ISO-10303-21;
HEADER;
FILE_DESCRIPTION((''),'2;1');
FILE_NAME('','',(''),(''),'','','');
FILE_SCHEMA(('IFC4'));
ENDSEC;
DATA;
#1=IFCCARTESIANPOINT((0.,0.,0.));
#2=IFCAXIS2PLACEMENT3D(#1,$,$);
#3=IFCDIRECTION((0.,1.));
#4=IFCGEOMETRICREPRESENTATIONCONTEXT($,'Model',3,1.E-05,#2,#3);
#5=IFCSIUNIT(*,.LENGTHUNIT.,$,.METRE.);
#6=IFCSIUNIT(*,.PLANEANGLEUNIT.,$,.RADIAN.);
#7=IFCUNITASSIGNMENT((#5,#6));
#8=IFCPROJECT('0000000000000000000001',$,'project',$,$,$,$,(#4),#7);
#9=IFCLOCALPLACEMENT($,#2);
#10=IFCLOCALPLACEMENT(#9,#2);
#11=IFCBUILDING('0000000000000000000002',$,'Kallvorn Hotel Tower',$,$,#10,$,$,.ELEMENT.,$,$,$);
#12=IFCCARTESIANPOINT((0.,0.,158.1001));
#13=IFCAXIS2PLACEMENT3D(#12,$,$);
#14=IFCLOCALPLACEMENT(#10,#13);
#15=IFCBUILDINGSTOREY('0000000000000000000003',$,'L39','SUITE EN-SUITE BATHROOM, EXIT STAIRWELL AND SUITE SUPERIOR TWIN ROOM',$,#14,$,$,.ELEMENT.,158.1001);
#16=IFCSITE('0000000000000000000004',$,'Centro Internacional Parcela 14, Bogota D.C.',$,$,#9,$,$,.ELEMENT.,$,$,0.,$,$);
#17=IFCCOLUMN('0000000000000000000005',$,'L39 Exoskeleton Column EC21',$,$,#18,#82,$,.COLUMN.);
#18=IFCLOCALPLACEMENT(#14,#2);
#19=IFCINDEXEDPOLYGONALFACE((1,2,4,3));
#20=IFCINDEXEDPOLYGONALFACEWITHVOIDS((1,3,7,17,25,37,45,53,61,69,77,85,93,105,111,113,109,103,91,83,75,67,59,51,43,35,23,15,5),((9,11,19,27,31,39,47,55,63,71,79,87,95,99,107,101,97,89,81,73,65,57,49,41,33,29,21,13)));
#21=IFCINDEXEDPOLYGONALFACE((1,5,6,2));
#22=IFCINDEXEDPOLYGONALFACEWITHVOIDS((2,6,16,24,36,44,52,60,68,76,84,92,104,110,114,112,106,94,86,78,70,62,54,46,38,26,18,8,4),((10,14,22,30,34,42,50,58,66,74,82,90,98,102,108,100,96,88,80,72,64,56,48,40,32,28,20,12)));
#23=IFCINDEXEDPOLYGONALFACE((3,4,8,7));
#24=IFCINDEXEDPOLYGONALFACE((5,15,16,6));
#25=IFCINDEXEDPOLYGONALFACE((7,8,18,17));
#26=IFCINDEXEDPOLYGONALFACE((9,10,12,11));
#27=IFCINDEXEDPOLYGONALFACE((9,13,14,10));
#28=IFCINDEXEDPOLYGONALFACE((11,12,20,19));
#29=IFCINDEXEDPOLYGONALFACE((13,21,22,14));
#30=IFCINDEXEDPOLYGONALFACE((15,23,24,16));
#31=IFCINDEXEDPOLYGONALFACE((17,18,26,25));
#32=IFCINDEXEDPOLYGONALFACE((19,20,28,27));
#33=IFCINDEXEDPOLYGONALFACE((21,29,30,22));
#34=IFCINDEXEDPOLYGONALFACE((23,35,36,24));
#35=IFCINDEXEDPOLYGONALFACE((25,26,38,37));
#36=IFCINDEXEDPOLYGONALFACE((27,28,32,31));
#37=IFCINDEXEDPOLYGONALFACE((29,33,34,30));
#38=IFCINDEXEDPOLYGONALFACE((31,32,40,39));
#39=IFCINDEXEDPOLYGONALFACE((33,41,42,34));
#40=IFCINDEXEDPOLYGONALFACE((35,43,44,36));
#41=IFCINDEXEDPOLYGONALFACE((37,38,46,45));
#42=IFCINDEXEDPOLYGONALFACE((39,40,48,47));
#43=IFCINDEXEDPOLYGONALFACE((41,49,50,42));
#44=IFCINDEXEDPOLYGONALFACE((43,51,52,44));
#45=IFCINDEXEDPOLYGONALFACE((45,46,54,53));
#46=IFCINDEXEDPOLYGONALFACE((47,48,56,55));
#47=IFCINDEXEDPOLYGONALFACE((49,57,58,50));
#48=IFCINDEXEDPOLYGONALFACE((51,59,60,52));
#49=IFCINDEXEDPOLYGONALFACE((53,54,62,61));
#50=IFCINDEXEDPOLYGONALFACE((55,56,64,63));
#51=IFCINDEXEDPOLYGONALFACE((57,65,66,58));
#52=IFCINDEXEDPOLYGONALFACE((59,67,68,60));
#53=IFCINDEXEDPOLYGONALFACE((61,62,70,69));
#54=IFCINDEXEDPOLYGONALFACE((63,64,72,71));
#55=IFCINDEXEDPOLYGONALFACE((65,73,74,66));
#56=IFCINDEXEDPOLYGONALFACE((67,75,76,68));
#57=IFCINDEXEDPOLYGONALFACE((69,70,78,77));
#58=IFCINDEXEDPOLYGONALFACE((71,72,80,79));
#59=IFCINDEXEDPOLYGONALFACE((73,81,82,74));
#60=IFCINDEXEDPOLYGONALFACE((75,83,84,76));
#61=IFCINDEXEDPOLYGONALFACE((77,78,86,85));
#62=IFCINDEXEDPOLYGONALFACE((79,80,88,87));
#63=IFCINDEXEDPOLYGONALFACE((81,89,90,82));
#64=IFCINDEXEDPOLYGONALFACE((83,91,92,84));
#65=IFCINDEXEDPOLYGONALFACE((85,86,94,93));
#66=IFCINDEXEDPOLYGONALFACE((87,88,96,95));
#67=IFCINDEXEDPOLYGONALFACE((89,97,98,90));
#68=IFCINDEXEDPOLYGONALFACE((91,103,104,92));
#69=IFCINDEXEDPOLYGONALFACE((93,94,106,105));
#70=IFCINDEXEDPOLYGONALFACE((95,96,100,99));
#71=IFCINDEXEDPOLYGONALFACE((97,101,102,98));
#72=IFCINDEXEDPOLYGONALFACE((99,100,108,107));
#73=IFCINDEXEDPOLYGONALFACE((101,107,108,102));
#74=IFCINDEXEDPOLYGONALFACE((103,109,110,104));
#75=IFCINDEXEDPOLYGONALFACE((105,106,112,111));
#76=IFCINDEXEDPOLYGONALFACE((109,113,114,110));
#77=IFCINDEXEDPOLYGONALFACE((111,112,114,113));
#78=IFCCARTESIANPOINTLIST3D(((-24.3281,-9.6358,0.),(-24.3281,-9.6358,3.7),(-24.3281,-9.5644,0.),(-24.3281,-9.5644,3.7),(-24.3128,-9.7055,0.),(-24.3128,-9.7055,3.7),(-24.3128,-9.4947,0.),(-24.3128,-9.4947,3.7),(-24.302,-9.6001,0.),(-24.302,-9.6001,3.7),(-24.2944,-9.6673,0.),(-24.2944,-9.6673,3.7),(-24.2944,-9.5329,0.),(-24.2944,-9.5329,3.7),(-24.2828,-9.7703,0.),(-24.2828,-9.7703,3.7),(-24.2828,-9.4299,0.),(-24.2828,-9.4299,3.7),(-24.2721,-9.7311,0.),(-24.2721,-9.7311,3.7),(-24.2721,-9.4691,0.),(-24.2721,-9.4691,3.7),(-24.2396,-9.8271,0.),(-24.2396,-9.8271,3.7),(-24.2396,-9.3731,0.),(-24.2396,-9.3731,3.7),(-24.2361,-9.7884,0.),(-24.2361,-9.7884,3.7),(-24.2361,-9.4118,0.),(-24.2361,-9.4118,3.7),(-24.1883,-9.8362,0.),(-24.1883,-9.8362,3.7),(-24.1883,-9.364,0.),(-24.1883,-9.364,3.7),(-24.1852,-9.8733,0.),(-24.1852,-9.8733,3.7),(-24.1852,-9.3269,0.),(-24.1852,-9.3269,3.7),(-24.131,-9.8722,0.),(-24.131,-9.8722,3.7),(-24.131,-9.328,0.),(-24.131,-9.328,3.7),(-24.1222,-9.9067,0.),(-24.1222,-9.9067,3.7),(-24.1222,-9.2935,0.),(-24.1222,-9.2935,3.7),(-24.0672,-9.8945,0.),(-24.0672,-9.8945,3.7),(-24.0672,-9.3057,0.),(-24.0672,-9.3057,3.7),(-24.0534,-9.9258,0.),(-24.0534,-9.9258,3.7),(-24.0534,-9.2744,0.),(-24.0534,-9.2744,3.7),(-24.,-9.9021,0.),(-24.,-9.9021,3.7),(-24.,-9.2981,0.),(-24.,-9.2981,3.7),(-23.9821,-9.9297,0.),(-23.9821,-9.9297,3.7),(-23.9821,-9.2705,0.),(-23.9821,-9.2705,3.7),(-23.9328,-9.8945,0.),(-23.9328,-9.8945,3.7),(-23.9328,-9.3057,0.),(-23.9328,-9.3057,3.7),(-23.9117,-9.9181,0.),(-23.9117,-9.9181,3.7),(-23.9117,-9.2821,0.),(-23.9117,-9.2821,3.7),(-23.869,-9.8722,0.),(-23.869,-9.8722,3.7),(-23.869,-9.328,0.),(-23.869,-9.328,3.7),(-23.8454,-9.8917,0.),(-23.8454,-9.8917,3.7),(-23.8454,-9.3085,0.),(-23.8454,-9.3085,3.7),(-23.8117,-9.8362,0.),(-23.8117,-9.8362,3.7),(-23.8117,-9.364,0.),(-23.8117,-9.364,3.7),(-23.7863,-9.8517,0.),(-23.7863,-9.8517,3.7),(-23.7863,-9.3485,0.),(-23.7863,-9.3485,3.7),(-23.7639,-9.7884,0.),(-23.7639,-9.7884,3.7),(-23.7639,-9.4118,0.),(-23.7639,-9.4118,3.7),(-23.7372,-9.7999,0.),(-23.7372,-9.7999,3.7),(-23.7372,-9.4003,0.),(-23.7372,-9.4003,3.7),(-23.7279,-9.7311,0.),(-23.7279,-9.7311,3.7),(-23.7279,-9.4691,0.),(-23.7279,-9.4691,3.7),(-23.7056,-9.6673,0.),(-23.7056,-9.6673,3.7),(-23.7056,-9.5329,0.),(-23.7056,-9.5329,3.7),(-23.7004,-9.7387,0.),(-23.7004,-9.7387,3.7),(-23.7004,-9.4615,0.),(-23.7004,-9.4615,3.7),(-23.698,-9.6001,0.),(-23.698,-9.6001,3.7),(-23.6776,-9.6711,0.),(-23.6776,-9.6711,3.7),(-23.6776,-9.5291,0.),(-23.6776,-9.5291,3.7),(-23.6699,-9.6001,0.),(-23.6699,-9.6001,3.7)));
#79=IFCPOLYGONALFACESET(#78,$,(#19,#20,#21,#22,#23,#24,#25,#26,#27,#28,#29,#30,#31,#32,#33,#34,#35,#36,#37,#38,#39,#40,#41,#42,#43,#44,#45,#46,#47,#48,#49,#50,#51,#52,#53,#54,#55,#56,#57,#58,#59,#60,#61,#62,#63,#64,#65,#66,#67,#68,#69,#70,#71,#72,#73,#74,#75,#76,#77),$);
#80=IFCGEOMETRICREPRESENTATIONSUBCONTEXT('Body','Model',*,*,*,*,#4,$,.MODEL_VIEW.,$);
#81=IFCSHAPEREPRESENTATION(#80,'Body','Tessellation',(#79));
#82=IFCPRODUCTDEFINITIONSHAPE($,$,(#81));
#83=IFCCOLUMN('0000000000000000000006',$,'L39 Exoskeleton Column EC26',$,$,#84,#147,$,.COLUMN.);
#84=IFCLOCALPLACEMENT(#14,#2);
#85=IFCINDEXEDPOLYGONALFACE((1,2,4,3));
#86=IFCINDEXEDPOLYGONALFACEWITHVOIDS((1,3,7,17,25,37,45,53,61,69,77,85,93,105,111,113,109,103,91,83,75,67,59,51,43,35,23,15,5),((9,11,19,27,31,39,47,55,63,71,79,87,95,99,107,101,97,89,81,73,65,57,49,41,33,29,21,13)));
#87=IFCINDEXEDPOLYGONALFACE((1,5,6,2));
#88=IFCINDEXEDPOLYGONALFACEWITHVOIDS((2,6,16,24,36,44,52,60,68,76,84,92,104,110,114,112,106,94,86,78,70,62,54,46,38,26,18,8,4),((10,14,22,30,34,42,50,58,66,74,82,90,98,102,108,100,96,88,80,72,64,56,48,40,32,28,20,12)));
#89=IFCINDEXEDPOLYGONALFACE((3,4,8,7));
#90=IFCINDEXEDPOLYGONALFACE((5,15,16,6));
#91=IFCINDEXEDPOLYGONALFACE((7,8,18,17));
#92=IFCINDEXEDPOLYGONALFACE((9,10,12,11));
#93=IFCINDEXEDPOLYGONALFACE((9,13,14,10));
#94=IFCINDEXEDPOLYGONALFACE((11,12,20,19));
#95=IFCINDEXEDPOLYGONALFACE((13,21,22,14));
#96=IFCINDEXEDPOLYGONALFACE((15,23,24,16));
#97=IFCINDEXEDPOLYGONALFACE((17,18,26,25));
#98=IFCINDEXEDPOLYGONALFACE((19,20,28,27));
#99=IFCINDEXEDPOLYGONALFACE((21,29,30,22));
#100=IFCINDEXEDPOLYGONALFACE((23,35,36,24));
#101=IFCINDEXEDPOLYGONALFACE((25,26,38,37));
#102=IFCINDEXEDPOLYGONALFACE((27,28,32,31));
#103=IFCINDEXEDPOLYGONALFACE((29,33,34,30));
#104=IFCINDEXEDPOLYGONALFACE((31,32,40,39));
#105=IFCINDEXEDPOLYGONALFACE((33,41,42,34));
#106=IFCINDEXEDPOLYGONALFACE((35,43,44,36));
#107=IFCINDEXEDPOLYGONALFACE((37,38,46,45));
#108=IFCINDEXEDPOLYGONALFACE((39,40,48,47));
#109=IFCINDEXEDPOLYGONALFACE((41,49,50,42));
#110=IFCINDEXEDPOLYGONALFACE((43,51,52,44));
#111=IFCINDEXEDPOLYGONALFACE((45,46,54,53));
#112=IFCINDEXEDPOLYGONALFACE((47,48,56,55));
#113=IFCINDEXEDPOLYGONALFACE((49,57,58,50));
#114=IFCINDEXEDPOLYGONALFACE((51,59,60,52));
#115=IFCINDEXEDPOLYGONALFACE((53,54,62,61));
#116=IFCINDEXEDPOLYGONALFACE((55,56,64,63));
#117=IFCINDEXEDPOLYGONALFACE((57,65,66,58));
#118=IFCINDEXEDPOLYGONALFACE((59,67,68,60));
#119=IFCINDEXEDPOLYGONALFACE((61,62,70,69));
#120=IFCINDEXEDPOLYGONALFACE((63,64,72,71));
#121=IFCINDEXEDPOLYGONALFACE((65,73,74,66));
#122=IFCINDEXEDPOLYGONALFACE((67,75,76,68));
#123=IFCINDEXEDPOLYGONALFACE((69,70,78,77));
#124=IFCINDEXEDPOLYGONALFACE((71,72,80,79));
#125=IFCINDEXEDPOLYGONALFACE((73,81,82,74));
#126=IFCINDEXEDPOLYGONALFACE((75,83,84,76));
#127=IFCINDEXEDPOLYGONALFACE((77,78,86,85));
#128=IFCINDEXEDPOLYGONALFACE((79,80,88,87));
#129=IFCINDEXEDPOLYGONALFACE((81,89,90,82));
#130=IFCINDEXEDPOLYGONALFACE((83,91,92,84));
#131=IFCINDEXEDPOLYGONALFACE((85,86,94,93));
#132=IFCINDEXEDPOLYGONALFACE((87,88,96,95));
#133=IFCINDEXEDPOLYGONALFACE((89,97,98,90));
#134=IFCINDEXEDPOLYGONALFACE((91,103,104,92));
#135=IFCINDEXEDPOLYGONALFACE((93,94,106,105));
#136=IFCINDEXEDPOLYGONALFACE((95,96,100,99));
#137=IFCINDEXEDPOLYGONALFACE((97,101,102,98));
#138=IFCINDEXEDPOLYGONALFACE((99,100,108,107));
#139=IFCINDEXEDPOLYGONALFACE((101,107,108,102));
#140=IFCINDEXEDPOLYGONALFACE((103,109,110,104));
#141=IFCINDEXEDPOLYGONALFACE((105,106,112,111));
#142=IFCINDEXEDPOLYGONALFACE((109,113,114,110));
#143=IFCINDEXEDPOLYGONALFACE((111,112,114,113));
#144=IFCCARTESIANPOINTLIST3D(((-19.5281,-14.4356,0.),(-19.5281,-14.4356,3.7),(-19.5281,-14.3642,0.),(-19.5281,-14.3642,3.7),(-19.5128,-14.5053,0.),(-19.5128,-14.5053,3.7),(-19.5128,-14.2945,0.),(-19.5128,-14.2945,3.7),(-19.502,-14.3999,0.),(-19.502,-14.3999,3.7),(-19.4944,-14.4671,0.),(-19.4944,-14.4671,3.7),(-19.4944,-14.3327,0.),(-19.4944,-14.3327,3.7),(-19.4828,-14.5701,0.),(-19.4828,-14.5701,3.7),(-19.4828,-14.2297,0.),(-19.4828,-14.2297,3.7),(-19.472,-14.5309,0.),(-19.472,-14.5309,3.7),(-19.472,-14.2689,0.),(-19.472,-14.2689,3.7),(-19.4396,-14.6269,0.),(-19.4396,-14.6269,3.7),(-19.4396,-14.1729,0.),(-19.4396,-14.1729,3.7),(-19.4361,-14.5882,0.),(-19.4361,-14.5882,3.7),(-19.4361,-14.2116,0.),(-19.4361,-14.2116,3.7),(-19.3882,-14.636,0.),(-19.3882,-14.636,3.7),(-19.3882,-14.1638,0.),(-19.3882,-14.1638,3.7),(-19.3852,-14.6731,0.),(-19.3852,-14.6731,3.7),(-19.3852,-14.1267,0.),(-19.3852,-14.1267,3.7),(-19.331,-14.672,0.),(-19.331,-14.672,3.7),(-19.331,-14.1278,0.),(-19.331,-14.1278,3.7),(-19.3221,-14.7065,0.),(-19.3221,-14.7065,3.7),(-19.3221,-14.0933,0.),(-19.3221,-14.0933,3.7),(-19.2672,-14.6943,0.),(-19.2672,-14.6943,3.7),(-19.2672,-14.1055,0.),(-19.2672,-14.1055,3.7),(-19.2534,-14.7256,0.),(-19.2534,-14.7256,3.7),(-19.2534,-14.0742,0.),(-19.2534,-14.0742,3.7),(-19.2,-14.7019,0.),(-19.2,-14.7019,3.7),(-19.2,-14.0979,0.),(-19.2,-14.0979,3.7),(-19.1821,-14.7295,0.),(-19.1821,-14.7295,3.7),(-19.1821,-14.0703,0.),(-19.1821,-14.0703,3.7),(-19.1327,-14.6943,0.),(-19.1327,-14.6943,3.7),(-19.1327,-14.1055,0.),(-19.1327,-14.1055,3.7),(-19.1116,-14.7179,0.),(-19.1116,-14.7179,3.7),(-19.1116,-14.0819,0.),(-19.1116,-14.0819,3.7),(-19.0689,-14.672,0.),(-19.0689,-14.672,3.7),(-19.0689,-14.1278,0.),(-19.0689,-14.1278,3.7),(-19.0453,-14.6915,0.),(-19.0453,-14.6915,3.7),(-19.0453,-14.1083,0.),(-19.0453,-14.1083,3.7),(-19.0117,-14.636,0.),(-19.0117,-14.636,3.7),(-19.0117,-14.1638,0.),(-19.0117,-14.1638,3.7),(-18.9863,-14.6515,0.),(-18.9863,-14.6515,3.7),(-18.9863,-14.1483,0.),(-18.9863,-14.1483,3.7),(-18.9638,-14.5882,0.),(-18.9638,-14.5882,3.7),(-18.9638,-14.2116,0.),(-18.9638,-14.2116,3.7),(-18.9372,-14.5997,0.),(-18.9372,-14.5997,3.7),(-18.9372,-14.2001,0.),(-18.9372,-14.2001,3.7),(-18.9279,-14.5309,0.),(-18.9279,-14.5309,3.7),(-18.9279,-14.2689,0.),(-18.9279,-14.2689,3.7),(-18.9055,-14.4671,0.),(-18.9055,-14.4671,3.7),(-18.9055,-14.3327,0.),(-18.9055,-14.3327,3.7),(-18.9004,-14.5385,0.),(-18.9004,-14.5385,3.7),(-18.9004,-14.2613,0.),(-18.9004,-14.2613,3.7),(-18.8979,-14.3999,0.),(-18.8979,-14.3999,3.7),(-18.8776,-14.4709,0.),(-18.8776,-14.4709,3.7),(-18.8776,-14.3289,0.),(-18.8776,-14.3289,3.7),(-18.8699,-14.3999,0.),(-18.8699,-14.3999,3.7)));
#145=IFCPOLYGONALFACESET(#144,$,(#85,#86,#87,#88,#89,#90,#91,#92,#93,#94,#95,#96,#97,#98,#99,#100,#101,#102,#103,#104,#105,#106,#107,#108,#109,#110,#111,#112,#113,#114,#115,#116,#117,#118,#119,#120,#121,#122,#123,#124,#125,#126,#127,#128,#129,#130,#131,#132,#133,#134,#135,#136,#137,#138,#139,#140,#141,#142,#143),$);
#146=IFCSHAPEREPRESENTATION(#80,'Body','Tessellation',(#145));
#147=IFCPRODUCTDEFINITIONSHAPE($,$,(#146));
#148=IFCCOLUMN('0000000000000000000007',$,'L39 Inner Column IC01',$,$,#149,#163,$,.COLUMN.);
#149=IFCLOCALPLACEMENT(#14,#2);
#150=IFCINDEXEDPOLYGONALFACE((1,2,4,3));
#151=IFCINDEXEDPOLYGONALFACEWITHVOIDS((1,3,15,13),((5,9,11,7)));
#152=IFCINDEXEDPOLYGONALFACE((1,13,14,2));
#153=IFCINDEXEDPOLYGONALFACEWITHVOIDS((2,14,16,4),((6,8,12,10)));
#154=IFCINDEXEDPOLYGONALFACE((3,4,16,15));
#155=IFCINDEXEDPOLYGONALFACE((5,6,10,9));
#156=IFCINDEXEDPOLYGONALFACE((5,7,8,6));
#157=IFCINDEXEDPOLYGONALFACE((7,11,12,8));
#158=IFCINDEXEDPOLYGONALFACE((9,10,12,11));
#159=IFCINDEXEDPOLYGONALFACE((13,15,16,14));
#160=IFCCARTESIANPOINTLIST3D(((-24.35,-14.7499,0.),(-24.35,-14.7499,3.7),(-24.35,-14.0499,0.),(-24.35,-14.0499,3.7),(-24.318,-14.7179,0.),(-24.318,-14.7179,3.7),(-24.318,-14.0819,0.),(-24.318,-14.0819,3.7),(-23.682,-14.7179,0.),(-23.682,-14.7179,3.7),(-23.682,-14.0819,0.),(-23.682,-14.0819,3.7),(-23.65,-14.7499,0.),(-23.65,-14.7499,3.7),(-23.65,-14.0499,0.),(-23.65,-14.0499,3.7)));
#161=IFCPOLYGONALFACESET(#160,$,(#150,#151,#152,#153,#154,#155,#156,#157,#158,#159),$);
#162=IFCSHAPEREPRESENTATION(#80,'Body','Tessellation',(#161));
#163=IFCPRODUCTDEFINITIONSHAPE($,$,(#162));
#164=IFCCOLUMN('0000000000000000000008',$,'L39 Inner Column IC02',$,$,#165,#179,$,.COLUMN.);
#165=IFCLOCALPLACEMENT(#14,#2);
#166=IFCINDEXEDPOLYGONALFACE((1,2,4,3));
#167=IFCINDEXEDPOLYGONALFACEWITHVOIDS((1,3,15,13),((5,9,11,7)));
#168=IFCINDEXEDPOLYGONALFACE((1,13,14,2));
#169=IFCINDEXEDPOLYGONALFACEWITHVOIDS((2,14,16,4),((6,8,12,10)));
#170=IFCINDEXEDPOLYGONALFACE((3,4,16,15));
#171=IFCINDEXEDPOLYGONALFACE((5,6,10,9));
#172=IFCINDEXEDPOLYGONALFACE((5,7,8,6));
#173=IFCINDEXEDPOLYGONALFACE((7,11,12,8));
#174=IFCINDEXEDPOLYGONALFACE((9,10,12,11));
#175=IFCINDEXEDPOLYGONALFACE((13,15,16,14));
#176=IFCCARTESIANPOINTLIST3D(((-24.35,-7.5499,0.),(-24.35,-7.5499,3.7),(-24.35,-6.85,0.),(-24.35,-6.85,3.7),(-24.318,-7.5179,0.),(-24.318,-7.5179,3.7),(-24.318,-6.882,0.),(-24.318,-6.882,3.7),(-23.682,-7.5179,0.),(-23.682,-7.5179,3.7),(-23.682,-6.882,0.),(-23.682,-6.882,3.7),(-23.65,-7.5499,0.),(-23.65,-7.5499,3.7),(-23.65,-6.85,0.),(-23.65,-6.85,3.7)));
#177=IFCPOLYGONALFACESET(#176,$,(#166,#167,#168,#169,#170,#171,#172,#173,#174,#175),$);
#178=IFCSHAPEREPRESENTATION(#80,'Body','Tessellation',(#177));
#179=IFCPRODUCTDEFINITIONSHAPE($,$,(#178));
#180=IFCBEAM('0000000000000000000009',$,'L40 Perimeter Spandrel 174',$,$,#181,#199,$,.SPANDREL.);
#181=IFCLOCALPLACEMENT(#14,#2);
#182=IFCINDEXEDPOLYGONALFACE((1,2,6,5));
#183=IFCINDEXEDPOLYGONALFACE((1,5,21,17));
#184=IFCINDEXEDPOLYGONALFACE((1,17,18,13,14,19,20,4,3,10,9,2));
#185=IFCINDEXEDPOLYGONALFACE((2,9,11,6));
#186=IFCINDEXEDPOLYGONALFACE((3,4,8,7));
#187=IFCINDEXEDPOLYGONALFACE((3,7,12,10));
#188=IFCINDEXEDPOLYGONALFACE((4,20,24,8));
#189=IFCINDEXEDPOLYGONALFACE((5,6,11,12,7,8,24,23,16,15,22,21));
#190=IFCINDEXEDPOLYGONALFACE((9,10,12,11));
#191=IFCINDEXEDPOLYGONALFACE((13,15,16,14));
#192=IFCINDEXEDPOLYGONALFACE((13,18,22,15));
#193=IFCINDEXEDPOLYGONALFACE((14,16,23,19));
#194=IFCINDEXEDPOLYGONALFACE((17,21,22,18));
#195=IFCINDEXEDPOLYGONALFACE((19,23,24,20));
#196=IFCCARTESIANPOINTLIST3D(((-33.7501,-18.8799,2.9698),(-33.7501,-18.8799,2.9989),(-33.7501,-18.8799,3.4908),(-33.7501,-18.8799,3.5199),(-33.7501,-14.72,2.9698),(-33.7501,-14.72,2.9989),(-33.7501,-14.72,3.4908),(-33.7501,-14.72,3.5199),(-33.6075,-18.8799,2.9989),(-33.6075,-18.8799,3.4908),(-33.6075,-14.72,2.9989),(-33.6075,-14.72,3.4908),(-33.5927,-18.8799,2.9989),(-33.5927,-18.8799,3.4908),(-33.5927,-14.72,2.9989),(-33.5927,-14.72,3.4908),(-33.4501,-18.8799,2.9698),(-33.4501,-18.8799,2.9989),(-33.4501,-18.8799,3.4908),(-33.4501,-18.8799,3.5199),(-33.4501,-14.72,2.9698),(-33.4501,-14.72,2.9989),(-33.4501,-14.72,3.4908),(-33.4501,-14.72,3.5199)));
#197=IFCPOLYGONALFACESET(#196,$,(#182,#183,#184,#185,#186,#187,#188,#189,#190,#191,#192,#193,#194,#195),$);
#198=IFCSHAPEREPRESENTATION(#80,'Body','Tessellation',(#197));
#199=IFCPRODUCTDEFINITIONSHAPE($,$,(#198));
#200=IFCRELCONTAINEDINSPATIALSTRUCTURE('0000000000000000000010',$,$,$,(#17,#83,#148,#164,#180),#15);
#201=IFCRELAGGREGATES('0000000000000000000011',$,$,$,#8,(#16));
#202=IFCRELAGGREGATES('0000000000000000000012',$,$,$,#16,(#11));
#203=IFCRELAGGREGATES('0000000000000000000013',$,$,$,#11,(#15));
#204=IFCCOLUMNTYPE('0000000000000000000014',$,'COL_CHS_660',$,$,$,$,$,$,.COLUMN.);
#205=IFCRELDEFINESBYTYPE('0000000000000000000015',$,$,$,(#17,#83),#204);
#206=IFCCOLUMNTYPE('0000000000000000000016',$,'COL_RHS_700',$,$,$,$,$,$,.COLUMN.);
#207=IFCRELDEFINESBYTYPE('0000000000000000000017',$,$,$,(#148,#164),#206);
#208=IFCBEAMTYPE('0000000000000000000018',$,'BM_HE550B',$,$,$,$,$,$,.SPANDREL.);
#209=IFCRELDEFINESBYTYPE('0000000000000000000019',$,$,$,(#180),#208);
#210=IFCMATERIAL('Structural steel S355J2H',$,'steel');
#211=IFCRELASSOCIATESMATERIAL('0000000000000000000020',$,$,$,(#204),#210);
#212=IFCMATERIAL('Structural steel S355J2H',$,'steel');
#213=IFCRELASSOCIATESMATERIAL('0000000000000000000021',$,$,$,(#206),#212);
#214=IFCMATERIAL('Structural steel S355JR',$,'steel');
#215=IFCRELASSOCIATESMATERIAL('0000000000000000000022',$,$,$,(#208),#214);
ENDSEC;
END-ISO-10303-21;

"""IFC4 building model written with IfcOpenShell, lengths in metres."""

from ifc_helpers import new_model, si_unit, direction, frame, origin, origin_2d, place, context, subcontext, project, spatial, hollow_rectangle, hollow_circle, i_section, extrude, material, material_profile, profile_set, type_object, element, save


model = new_model("IFC4")

# Units and contexts
model_context = context("Model", 3, precision=1e-05, world=origin(), true_north=direction((0.0, 1.0)))
body_context = subcontext(model_context, "Body", "Model", "MODEL_VIEW")
ifc_project = project(units=[si_unit("LENGTHUNIT", "METRE"), si_unit("PLANEANGLEUNIT", "RADIAN")], contexts=[model_context])

# Site, building, storey
site_placement = place(None, origin())
site = spatial("IfcSite", under=ifc_project, at=site_placement, Name="Centro Internacional Parcela 14, Bogota D.C.", CompositionType="ELEMENT", RefElevation=0.0)
building_placement = place(site_placement, origin())
building = spatial("IfcBuilding", under=site, at=building_placement, Name="Kallvorn Hotel Tower", CompositionType="ELEMENT")
storey_placement = place(building_placement, frame((0.0, 0.0, 158.1001)))
storey = spatial("IfcBuildingStorey", under=building, at=storey_placement, Name="L39", Description="SUITE EN-SUITE BATHROOM, EXIT STAIRWELL AND SUITE SUPERIOR TWIN ROOM", CompositionType="ELEMENT", Elevation=158.1001)

# Columns
ifc_material_1 = material(Name="Structural steel S355J2H", Category="steel")
ifc_material_profile_1 = material_profile(ifc_material_1, hollow_circle(Radius=0.3301, WallThickness=0.0281, at=origin_2d()), Name="CHS 660x28")
ifc_profile_set_1 = profile_set([ifc_material_profile_1], Name="Structural steel S355J2H")
column_type_1 = type_object("IfcColumnType", Name="COL_CHS_660", PredefinedType="COLUMN", material=ifc_profile_set_1)
for number, where, z_axis, x_axis, name in (
    (1, (-24.0, -9.6001, 0.0), (0.0, 0.0, 1.0), (1.0, 0.0, 0.0), "L39 Exoskeleton Column EC21"),
    (2, (-19.2, -14.3999, 0.0), (0.0, 0.0, 1.0), (1.0, 0.0, 0.0), "L39 Exoskeleton Column EC26"),
):
    element("IfcColumn", number, at=place(storey_placement, frame(where, z_axis=z_axis, x_axis=x_axis)), inside=storey, type_object=column_type_1, Name=name, PredefinedType="COLUMN", context=body_context, shape_type="SweptSolid", body=[
        extrude(hollow_circle(Radius=0.3301, WallThickness=0.0281, at=origin_2d()), origin(), (0.0, 0.0, 1.0), 3.7),
    ])
ifc_material_2 = material(Name="Structural steel S355J2H", Category="steel")
ifc_material_profile_2 = material_profile(ifc_material_2, hollow_rectangle(XDim=0.7, YDim=0.7, WallThickness=0.032, at=origin_2d()), Name="RHS 700x700x32")
ifc_profile_set_2 = profile_set([ifc_material_profile_2], Name="Structural steel S355J2H")
column_type_2 = type_object("IfcColumnType", Name="COL_RHS_700", PredefinedType="COLUMN", material=ifc_profile_set_2)
for number, where, z_axis, x_axis, name in (
    (3, (-24.0, -14.3999, 0.0), (0.0, 0.0, 1.0), (1.0, 0.0, 0.0), "L39 Inner Column IC01"),
    (4, (-24.0, -7.2, 0.0), (0.0, 0.0, 1.0), (1.0, 0.0, 0.0), "L39 Inner Column IC02"),
):
    element("IfcColumn", number, at=place(storey_placement, frame(where, z_axis=z_axis, x_axis=x_axis)), inside=storey, type_object=column_type_2, Name=name, PredefinedType="COLUMN", context=body_context, shape_type="SweptSolid", body=[
        extrude(hollow_rectangle(XDim=0.7, YDim=0.7, WallThickness=0.032, at=origin_2d()), origin(), (0.0, 0.0, 1.0), 3.7),
    ])

# Beam
ifc_material_3 = material(Name="Structural steel S355JR", Category="steel")
ifc_material_profile_3 = material_profile(ifc_material_3, i_section(OverallWidth=0.3, OverallDepth=0.55, WebThickness=0.0149, FlangeThickness=0.0291, at=origin_2d()), Name="HE 550 B")
ifc_profile_set_3 = profile_set([ifc_material_profile_3], Name="Structural steel S355JR")
beam_type_1 = type_object("IfcBeamType", Name="BM_HE550B", PredefinedType="SPANDREL", material=ifc_profile_set_3)
beam_1_placement = place(storey_placement, frame((-33.6001, -18.8799, 3.2449), z_axis=(0.0, 1.0, 0.0), x_axis=(-1.0, 0.0, 0.0)))
element("IfcBeam", 5, at=beam_1_placement, inside=storey, type_object=beam_type_1, Name="L40 Perimeter Spandrel 174", PredefinedType="SPANDREL", context=body_context, shape_type="SweptSolid", body=[
    extrude(i_section(OverallWidth=0.3, OverallDepth=0.55, WebThickness=0.0149, FlangeThickness=0.0291, at=origin_2d()), origin(), (0.0, 0.0, 1.0), 4.1599),
])

save(model, "model.ifc")
